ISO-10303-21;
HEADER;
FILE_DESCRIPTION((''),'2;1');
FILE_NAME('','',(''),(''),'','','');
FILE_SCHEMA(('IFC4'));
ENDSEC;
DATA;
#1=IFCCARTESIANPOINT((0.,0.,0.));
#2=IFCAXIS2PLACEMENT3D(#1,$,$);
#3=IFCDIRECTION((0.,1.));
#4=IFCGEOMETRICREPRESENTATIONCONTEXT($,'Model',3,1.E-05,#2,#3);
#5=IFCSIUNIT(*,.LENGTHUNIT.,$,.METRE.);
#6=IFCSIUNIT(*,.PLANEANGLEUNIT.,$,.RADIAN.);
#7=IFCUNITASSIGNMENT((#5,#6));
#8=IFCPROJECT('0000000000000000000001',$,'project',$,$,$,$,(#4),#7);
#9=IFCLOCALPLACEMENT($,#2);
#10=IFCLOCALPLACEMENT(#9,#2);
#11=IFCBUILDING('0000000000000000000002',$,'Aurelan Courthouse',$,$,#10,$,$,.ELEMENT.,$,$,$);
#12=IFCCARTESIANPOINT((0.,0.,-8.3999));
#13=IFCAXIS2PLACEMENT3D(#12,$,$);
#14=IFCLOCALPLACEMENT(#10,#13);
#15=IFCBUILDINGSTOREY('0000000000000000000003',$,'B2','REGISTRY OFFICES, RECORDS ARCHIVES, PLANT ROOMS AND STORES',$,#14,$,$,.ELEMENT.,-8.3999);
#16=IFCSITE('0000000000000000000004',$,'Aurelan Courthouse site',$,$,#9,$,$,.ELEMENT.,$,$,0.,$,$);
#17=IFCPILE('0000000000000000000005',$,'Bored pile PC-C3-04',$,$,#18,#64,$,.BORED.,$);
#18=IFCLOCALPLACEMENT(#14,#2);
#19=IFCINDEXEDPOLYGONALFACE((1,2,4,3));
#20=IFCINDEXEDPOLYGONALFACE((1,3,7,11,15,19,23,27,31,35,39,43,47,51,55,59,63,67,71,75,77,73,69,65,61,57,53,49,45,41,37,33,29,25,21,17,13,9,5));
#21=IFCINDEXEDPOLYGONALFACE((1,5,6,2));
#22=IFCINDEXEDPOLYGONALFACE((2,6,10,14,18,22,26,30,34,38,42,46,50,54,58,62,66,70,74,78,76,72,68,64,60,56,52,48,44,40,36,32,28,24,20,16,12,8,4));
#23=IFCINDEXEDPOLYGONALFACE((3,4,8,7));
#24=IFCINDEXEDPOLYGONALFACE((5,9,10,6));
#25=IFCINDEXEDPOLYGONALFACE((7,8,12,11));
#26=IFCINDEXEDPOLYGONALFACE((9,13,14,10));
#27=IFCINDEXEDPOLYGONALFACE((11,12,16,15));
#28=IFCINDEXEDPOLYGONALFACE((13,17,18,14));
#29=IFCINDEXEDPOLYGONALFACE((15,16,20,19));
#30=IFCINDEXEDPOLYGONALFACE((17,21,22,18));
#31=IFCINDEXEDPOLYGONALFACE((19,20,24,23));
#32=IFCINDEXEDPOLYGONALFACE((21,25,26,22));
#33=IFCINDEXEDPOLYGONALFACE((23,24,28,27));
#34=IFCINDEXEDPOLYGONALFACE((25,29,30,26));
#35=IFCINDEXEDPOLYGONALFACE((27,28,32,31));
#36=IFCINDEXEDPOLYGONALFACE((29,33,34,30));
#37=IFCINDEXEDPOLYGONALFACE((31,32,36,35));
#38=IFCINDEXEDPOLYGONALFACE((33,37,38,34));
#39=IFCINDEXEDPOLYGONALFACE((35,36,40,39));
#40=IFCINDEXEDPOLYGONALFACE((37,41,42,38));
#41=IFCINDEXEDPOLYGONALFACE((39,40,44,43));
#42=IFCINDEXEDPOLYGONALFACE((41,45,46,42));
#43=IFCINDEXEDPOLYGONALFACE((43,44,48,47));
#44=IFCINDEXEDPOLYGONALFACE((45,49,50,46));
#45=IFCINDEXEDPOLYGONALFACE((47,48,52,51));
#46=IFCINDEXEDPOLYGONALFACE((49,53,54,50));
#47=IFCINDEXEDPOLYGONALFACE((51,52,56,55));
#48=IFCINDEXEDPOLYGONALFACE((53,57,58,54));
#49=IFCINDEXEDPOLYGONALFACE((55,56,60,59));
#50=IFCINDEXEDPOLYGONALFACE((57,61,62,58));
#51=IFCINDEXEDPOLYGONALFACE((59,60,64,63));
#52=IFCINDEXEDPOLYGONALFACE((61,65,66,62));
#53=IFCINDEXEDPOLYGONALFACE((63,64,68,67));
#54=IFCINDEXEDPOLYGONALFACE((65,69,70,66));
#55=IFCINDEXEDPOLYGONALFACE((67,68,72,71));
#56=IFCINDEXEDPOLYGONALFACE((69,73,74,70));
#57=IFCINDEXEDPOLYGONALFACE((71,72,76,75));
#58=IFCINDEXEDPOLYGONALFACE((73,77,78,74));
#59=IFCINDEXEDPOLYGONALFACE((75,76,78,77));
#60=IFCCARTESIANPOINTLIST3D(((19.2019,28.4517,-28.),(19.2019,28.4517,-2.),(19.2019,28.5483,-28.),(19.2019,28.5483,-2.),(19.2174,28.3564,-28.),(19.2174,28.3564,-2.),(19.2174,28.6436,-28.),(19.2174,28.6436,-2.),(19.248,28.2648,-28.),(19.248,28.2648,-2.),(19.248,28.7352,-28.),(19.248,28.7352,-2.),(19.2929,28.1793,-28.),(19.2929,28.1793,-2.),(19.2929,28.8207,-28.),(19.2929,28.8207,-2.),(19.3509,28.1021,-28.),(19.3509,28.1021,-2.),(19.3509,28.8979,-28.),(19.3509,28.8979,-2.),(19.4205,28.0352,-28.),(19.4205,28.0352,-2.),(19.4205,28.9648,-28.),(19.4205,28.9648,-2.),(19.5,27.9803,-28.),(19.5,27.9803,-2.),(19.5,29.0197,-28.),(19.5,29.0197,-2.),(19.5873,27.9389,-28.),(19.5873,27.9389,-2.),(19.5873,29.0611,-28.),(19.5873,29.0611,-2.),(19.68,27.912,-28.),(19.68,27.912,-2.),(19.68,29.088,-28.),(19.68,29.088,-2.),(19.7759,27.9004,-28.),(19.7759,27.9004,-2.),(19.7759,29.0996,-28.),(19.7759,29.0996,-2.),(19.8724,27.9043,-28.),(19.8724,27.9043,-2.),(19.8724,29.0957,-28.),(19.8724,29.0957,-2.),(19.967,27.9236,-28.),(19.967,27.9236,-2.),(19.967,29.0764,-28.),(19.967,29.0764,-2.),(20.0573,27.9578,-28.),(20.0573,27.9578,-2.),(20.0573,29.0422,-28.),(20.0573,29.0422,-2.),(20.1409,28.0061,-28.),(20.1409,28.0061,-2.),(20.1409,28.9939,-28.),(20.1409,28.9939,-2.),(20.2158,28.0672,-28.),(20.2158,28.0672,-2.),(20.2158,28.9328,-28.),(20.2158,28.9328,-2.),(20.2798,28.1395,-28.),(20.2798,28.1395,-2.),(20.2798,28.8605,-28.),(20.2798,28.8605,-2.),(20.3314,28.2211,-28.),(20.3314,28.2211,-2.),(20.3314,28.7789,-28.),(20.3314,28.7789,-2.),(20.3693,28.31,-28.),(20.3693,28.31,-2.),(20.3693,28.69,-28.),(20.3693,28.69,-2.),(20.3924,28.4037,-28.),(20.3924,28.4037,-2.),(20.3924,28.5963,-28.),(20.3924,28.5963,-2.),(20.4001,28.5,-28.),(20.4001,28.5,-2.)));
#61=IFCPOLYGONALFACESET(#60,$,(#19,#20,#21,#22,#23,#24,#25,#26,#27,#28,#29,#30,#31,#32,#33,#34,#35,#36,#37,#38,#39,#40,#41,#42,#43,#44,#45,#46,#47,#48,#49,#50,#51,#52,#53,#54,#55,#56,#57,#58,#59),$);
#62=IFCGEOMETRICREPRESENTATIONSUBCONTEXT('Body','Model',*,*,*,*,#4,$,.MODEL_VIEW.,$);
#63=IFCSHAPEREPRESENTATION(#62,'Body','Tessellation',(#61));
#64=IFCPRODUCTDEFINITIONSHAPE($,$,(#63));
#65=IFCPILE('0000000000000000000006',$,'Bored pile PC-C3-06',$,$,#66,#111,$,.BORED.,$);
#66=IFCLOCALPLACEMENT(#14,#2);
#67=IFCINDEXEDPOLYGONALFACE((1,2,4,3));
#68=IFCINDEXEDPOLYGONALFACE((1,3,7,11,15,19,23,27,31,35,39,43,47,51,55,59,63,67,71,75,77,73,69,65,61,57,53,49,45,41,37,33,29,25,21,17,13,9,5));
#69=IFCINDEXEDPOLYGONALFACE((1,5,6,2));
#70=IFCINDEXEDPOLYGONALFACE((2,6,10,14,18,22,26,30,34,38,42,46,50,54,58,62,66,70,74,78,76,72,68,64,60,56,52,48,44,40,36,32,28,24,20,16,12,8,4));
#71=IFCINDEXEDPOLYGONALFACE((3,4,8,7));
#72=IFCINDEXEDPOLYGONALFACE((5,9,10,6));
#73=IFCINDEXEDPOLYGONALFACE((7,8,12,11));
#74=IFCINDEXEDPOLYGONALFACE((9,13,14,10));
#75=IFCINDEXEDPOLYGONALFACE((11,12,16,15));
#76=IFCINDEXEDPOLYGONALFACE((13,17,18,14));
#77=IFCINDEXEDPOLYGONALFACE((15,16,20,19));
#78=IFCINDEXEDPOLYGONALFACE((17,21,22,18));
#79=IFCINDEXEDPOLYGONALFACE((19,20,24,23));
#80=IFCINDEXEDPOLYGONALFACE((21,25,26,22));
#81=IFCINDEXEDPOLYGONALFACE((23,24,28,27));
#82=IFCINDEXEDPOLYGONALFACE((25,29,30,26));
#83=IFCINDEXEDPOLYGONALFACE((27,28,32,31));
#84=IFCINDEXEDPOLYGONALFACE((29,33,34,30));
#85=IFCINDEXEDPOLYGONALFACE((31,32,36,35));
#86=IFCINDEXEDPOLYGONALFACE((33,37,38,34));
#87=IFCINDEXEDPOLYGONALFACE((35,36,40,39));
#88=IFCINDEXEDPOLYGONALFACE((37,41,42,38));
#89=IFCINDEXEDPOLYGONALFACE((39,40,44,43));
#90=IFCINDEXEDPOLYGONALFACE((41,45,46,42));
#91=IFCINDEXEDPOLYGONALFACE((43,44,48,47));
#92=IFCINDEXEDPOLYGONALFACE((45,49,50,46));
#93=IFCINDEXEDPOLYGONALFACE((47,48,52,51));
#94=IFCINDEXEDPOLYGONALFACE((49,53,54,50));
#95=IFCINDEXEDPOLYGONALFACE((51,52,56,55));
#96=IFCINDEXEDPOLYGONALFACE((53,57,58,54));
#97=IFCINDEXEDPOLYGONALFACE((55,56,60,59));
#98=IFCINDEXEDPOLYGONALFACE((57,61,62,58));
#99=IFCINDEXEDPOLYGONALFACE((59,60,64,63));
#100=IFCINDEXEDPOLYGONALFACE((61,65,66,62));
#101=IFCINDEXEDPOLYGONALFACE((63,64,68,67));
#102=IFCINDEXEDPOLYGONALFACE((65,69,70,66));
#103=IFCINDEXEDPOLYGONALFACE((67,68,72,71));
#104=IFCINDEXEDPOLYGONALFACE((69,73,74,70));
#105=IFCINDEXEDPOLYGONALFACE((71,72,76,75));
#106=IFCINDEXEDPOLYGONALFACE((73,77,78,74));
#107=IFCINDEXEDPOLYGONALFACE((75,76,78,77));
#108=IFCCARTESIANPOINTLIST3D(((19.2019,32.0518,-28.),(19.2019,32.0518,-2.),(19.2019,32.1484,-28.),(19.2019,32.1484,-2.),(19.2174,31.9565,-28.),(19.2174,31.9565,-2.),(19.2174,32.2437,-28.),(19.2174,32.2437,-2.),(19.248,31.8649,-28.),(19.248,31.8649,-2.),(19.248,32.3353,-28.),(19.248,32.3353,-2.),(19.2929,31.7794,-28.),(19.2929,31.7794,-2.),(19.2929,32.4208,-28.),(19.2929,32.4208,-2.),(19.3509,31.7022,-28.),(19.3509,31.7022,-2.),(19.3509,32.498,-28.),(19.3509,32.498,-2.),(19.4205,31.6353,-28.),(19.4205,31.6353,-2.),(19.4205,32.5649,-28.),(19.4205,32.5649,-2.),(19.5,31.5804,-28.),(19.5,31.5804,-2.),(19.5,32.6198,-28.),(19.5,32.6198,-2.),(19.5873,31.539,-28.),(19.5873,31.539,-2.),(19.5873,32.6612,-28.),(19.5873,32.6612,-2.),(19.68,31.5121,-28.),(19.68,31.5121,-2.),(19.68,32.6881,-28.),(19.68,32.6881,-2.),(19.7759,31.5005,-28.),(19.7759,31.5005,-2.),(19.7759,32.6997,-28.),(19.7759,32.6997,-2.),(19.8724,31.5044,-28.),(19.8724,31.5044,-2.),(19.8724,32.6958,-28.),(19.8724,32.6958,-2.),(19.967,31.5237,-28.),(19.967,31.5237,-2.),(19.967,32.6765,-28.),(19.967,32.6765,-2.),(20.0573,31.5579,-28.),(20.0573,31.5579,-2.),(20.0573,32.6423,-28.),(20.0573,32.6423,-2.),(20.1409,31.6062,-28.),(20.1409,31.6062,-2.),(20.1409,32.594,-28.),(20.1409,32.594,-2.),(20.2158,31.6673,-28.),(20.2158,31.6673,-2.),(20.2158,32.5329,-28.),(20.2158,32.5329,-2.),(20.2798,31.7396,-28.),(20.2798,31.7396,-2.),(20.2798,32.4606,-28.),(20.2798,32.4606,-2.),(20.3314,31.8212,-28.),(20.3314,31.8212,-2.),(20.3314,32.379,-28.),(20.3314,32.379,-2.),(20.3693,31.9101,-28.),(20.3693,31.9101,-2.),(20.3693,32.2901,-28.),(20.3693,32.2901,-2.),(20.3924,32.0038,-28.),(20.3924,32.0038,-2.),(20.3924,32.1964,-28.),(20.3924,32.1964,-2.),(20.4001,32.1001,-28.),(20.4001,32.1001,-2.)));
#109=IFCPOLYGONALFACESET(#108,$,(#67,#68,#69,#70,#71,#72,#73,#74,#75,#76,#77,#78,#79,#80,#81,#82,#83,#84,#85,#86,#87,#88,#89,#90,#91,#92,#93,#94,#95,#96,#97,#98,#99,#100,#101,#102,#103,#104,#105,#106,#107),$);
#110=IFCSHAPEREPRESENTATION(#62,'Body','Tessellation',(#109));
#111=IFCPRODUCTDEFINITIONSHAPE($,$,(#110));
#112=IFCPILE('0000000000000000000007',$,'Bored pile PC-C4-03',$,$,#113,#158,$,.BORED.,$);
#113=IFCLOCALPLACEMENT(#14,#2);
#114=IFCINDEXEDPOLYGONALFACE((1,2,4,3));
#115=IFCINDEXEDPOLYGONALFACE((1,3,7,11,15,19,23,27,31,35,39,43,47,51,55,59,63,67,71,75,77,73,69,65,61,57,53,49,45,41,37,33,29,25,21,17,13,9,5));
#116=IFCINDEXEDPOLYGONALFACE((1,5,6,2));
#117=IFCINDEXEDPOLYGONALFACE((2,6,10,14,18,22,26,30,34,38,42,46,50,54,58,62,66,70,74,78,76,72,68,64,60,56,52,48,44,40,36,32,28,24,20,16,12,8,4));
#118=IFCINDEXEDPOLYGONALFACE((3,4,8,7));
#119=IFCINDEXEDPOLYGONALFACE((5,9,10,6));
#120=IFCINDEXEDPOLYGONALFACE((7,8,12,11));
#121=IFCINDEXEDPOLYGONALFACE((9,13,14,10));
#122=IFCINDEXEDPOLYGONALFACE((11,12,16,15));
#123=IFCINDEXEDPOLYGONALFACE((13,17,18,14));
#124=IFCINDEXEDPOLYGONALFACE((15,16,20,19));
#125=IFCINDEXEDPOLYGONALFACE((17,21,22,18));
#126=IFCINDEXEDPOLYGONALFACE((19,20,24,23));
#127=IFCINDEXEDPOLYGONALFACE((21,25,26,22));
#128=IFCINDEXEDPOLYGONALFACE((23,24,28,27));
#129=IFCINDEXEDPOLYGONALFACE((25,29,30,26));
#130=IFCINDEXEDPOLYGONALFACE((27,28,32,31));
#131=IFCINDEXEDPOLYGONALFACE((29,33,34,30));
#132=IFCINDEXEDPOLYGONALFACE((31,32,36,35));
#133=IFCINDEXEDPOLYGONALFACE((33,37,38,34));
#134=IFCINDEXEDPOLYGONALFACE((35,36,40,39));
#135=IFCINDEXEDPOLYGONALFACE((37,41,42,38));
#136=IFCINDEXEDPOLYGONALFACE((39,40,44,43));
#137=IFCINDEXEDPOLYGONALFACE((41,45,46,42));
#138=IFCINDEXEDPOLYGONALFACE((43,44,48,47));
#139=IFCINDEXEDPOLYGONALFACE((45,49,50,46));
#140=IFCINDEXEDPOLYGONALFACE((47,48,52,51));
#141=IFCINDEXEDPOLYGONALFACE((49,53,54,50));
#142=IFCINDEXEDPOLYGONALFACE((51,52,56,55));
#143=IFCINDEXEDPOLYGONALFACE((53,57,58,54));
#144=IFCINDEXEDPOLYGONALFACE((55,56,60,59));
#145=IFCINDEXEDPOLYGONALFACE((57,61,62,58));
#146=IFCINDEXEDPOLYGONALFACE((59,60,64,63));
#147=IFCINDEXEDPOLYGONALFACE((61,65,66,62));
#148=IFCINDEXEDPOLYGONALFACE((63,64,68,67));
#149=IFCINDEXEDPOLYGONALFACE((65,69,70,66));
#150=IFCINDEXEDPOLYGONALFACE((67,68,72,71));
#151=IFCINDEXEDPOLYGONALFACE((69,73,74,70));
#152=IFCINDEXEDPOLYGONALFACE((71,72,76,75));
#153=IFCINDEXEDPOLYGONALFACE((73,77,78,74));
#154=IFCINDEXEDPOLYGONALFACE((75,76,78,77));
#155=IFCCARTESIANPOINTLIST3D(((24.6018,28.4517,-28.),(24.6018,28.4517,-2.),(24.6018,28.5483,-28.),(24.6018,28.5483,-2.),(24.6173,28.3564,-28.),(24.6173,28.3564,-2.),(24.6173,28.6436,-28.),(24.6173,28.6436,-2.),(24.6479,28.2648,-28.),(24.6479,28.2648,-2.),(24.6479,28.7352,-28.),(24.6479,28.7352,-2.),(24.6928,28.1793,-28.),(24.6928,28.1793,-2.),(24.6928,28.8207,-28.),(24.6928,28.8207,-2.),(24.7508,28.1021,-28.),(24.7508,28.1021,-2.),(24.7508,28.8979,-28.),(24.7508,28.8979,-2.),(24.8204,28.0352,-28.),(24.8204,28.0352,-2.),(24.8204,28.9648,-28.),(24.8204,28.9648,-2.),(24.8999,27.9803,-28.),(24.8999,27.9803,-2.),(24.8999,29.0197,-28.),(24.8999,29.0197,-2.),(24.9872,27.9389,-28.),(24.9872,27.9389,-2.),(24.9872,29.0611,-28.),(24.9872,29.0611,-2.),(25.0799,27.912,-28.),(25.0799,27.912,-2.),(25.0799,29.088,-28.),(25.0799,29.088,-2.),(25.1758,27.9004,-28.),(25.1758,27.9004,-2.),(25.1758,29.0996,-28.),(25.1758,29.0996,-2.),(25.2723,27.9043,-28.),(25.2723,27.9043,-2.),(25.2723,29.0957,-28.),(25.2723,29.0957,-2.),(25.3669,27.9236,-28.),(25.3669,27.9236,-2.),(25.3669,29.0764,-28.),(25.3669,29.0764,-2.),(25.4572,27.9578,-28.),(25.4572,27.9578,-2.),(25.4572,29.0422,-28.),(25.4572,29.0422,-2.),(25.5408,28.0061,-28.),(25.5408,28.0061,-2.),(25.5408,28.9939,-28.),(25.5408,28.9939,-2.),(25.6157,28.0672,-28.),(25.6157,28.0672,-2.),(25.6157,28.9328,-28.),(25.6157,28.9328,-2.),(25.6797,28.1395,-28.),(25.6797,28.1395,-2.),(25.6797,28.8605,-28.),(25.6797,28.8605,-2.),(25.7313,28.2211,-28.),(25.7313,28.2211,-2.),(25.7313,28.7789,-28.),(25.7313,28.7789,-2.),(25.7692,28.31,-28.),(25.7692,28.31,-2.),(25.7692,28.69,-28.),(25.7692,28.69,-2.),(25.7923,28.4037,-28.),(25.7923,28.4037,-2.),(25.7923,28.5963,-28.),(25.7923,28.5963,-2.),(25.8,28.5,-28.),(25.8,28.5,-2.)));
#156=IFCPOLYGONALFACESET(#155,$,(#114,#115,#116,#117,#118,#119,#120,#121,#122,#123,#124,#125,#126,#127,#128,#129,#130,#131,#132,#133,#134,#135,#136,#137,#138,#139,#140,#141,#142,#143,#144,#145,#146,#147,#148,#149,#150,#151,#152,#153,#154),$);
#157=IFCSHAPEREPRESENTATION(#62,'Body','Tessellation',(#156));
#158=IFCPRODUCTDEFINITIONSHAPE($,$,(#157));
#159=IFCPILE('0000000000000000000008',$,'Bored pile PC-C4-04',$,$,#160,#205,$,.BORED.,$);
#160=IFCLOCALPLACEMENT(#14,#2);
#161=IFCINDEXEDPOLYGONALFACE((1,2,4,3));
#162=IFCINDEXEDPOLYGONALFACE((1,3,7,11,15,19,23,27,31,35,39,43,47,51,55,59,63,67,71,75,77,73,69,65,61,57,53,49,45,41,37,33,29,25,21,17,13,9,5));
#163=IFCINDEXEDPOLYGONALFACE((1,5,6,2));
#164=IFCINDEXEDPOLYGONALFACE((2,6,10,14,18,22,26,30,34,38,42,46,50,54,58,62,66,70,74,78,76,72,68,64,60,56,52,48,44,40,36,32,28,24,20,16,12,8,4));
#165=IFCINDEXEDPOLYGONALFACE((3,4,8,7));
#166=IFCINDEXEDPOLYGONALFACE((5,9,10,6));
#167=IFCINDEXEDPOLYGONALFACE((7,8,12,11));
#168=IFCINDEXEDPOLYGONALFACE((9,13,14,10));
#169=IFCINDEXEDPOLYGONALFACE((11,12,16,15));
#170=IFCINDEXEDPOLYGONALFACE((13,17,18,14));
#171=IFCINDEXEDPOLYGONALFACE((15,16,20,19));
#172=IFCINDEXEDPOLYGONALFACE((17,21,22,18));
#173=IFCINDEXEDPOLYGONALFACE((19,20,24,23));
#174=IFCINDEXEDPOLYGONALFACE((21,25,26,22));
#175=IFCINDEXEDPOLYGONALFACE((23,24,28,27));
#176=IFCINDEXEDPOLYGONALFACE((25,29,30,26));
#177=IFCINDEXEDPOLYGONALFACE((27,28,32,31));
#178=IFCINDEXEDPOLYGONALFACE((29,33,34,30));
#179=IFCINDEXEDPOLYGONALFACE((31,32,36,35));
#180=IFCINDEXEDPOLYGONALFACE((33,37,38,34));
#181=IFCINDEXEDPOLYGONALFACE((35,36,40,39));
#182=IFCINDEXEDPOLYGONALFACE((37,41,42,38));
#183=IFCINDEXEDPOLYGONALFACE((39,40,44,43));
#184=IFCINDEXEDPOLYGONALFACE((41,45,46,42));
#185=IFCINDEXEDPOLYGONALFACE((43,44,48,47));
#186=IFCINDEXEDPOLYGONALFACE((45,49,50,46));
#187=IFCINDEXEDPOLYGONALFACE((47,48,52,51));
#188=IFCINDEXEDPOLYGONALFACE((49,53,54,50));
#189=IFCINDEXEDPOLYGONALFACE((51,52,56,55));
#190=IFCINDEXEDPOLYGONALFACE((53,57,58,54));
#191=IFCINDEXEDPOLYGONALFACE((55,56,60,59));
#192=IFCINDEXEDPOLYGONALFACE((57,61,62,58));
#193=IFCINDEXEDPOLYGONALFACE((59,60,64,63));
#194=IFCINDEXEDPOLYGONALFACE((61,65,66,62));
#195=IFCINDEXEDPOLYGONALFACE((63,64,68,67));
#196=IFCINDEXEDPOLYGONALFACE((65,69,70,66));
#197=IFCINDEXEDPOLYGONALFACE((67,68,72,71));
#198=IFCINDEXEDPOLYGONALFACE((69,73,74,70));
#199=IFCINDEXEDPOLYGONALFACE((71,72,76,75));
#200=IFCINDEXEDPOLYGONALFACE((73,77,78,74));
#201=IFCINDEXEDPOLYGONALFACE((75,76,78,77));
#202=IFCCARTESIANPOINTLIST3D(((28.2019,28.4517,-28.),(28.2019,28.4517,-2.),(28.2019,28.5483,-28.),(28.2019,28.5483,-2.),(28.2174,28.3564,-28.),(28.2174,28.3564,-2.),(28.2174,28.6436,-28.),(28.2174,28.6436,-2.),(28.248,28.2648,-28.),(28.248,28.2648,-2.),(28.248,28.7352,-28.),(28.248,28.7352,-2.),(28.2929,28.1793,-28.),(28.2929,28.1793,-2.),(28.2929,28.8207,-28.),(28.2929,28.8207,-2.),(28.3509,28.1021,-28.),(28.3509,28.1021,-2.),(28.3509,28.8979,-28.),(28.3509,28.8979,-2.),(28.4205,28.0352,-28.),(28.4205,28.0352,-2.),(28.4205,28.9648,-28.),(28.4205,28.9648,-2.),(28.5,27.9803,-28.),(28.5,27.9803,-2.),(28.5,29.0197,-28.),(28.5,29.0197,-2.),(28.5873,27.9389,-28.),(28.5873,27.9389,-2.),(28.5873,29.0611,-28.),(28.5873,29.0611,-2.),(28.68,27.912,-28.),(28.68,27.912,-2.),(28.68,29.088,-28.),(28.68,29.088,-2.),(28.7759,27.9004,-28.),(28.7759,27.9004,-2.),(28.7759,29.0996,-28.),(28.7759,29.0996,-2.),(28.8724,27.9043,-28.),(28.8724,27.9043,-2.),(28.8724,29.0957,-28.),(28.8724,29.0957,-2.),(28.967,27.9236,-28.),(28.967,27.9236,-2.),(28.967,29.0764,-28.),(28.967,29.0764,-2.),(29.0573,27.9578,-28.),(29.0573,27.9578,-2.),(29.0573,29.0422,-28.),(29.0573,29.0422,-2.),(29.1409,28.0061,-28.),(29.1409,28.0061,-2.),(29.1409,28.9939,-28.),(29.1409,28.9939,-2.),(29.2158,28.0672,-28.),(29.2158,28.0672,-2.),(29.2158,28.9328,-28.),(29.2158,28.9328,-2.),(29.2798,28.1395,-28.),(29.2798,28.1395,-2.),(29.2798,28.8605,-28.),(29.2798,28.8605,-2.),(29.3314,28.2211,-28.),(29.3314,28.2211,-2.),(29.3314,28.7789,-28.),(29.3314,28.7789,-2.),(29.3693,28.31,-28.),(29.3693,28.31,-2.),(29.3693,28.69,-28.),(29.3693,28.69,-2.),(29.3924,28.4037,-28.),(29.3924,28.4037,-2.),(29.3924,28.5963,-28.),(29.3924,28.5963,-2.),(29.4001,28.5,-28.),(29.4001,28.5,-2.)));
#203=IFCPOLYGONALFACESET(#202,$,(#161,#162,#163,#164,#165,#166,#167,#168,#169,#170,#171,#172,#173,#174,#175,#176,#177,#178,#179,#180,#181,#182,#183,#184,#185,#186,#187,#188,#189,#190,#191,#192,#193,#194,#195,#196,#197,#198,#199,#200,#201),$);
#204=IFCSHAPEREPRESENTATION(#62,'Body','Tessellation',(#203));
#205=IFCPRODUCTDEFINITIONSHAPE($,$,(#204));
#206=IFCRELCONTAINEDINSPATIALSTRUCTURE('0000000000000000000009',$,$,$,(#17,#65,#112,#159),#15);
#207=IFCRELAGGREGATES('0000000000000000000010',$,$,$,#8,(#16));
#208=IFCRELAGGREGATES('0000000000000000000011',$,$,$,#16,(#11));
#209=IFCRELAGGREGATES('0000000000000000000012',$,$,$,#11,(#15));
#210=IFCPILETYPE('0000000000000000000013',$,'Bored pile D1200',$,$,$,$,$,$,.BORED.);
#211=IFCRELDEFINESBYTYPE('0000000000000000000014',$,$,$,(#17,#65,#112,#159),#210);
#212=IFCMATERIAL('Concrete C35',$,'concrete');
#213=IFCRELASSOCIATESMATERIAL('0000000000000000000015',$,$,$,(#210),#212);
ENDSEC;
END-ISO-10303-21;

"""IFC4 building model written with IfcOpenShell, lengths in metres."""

from ifc_helpers import new_model, si_unit, direction, frame, origin, origin_2d, place, context, subcontext, project, spatial, circle, extrude, material, material_profile, profile_set, type_object, element, save


model = new_model("IFC4")

# Units and contexts
model_context = context("Model", 3, precision=1e-05, world=origin(), true_north=direction((0.0, 1.0)))
body_context = subcontext(model_context, "Body", "Model", "MODEL_VIEW")
ifc_project = project(units=[si_unit("LENGTHUNIT", "METRE"), si_unit("PLANEANGLEUNIT", "RADIAN")], contexts=[model_context])

# Site, building, storey
site_placement = place(None, origin())
site = spatial("IfcSite", under=ifc_project, at=site_placement, Name="Aurelan Courthouse site", CompositionType="ELEMENT", RefElevation=0.0)
building_placement = place(site_placement, origin())
building = spatial("IfcBuilding", under=site, at=building_placement, Name="Aurelan Courthouse", CompositionType="ELEMENT")
storey_placement = place(building_placement, frame((0.0, 0.0, -8.3999)))
storey = spatial("IfcBuildingStorey", under=building, at=storey_placement, Name="B2", Description="REGISTRY OFFICES, RECORDS ARCHIVES, PLANT ROOMS AND STORES", CompositionType="ELEMENT", Elevation=-8.3999)

# Piles
ifc_material_1 = material(Name="Concrete C35", Category="concrete")
ifc_material_profile_1 = material_profile(ifc_material_1, circle(Radius=0.6001, at=origin_2d()), Name="D1200")
ifc_profile_set_1 = profile_set([ifc_material_profile_1], Name="Concrete C35")
pile_type_1 = type_object("IfcPileType", Name="Bored pile D1200", PredefinedType="BORED", material=ifc_profile_set_1)
for number, where, z_axis, x_axis, name in (
    (1, (19.8, 28.5, -2.0), (0.0, 0.0, -1.0), (1.0, 0.0, 0.0), "Bored pile PC-C3-04"),
    (2, (19.8, 32.1001, -2.0), (0.0, 0.0, -1.0), (1.0, 0.0, 0.0), "Bored pile PC-C3-06"),
    (3, (25.2, 28.5, -2.0), (0.0, 0.0, -1.0), (1.0, 0.0, 0.0), "Bored pile PC-C4-03"),
    (4, (28.8, 28.5, -2.0), (0.0, 0.0, -1.0), (1.0, 0.0, 0.0), "Bored pile PC-C4-04"),
):
    element("IfcPile", number, at=place(storey_placement, frame(where, z_axis=z_axis, x_axis=x_axis)), inside=storey, type_object=pile_type_1, Name=name, PredefinedType="BORED", context=body_context, shape_type="SweptSolid", body=[
        extrude(circle(Radius=0.6001, at=origin_2d()), origin(), (0.0, 0.0, 1.0), 26.0),
    ])

save(model, "model.ifc")
